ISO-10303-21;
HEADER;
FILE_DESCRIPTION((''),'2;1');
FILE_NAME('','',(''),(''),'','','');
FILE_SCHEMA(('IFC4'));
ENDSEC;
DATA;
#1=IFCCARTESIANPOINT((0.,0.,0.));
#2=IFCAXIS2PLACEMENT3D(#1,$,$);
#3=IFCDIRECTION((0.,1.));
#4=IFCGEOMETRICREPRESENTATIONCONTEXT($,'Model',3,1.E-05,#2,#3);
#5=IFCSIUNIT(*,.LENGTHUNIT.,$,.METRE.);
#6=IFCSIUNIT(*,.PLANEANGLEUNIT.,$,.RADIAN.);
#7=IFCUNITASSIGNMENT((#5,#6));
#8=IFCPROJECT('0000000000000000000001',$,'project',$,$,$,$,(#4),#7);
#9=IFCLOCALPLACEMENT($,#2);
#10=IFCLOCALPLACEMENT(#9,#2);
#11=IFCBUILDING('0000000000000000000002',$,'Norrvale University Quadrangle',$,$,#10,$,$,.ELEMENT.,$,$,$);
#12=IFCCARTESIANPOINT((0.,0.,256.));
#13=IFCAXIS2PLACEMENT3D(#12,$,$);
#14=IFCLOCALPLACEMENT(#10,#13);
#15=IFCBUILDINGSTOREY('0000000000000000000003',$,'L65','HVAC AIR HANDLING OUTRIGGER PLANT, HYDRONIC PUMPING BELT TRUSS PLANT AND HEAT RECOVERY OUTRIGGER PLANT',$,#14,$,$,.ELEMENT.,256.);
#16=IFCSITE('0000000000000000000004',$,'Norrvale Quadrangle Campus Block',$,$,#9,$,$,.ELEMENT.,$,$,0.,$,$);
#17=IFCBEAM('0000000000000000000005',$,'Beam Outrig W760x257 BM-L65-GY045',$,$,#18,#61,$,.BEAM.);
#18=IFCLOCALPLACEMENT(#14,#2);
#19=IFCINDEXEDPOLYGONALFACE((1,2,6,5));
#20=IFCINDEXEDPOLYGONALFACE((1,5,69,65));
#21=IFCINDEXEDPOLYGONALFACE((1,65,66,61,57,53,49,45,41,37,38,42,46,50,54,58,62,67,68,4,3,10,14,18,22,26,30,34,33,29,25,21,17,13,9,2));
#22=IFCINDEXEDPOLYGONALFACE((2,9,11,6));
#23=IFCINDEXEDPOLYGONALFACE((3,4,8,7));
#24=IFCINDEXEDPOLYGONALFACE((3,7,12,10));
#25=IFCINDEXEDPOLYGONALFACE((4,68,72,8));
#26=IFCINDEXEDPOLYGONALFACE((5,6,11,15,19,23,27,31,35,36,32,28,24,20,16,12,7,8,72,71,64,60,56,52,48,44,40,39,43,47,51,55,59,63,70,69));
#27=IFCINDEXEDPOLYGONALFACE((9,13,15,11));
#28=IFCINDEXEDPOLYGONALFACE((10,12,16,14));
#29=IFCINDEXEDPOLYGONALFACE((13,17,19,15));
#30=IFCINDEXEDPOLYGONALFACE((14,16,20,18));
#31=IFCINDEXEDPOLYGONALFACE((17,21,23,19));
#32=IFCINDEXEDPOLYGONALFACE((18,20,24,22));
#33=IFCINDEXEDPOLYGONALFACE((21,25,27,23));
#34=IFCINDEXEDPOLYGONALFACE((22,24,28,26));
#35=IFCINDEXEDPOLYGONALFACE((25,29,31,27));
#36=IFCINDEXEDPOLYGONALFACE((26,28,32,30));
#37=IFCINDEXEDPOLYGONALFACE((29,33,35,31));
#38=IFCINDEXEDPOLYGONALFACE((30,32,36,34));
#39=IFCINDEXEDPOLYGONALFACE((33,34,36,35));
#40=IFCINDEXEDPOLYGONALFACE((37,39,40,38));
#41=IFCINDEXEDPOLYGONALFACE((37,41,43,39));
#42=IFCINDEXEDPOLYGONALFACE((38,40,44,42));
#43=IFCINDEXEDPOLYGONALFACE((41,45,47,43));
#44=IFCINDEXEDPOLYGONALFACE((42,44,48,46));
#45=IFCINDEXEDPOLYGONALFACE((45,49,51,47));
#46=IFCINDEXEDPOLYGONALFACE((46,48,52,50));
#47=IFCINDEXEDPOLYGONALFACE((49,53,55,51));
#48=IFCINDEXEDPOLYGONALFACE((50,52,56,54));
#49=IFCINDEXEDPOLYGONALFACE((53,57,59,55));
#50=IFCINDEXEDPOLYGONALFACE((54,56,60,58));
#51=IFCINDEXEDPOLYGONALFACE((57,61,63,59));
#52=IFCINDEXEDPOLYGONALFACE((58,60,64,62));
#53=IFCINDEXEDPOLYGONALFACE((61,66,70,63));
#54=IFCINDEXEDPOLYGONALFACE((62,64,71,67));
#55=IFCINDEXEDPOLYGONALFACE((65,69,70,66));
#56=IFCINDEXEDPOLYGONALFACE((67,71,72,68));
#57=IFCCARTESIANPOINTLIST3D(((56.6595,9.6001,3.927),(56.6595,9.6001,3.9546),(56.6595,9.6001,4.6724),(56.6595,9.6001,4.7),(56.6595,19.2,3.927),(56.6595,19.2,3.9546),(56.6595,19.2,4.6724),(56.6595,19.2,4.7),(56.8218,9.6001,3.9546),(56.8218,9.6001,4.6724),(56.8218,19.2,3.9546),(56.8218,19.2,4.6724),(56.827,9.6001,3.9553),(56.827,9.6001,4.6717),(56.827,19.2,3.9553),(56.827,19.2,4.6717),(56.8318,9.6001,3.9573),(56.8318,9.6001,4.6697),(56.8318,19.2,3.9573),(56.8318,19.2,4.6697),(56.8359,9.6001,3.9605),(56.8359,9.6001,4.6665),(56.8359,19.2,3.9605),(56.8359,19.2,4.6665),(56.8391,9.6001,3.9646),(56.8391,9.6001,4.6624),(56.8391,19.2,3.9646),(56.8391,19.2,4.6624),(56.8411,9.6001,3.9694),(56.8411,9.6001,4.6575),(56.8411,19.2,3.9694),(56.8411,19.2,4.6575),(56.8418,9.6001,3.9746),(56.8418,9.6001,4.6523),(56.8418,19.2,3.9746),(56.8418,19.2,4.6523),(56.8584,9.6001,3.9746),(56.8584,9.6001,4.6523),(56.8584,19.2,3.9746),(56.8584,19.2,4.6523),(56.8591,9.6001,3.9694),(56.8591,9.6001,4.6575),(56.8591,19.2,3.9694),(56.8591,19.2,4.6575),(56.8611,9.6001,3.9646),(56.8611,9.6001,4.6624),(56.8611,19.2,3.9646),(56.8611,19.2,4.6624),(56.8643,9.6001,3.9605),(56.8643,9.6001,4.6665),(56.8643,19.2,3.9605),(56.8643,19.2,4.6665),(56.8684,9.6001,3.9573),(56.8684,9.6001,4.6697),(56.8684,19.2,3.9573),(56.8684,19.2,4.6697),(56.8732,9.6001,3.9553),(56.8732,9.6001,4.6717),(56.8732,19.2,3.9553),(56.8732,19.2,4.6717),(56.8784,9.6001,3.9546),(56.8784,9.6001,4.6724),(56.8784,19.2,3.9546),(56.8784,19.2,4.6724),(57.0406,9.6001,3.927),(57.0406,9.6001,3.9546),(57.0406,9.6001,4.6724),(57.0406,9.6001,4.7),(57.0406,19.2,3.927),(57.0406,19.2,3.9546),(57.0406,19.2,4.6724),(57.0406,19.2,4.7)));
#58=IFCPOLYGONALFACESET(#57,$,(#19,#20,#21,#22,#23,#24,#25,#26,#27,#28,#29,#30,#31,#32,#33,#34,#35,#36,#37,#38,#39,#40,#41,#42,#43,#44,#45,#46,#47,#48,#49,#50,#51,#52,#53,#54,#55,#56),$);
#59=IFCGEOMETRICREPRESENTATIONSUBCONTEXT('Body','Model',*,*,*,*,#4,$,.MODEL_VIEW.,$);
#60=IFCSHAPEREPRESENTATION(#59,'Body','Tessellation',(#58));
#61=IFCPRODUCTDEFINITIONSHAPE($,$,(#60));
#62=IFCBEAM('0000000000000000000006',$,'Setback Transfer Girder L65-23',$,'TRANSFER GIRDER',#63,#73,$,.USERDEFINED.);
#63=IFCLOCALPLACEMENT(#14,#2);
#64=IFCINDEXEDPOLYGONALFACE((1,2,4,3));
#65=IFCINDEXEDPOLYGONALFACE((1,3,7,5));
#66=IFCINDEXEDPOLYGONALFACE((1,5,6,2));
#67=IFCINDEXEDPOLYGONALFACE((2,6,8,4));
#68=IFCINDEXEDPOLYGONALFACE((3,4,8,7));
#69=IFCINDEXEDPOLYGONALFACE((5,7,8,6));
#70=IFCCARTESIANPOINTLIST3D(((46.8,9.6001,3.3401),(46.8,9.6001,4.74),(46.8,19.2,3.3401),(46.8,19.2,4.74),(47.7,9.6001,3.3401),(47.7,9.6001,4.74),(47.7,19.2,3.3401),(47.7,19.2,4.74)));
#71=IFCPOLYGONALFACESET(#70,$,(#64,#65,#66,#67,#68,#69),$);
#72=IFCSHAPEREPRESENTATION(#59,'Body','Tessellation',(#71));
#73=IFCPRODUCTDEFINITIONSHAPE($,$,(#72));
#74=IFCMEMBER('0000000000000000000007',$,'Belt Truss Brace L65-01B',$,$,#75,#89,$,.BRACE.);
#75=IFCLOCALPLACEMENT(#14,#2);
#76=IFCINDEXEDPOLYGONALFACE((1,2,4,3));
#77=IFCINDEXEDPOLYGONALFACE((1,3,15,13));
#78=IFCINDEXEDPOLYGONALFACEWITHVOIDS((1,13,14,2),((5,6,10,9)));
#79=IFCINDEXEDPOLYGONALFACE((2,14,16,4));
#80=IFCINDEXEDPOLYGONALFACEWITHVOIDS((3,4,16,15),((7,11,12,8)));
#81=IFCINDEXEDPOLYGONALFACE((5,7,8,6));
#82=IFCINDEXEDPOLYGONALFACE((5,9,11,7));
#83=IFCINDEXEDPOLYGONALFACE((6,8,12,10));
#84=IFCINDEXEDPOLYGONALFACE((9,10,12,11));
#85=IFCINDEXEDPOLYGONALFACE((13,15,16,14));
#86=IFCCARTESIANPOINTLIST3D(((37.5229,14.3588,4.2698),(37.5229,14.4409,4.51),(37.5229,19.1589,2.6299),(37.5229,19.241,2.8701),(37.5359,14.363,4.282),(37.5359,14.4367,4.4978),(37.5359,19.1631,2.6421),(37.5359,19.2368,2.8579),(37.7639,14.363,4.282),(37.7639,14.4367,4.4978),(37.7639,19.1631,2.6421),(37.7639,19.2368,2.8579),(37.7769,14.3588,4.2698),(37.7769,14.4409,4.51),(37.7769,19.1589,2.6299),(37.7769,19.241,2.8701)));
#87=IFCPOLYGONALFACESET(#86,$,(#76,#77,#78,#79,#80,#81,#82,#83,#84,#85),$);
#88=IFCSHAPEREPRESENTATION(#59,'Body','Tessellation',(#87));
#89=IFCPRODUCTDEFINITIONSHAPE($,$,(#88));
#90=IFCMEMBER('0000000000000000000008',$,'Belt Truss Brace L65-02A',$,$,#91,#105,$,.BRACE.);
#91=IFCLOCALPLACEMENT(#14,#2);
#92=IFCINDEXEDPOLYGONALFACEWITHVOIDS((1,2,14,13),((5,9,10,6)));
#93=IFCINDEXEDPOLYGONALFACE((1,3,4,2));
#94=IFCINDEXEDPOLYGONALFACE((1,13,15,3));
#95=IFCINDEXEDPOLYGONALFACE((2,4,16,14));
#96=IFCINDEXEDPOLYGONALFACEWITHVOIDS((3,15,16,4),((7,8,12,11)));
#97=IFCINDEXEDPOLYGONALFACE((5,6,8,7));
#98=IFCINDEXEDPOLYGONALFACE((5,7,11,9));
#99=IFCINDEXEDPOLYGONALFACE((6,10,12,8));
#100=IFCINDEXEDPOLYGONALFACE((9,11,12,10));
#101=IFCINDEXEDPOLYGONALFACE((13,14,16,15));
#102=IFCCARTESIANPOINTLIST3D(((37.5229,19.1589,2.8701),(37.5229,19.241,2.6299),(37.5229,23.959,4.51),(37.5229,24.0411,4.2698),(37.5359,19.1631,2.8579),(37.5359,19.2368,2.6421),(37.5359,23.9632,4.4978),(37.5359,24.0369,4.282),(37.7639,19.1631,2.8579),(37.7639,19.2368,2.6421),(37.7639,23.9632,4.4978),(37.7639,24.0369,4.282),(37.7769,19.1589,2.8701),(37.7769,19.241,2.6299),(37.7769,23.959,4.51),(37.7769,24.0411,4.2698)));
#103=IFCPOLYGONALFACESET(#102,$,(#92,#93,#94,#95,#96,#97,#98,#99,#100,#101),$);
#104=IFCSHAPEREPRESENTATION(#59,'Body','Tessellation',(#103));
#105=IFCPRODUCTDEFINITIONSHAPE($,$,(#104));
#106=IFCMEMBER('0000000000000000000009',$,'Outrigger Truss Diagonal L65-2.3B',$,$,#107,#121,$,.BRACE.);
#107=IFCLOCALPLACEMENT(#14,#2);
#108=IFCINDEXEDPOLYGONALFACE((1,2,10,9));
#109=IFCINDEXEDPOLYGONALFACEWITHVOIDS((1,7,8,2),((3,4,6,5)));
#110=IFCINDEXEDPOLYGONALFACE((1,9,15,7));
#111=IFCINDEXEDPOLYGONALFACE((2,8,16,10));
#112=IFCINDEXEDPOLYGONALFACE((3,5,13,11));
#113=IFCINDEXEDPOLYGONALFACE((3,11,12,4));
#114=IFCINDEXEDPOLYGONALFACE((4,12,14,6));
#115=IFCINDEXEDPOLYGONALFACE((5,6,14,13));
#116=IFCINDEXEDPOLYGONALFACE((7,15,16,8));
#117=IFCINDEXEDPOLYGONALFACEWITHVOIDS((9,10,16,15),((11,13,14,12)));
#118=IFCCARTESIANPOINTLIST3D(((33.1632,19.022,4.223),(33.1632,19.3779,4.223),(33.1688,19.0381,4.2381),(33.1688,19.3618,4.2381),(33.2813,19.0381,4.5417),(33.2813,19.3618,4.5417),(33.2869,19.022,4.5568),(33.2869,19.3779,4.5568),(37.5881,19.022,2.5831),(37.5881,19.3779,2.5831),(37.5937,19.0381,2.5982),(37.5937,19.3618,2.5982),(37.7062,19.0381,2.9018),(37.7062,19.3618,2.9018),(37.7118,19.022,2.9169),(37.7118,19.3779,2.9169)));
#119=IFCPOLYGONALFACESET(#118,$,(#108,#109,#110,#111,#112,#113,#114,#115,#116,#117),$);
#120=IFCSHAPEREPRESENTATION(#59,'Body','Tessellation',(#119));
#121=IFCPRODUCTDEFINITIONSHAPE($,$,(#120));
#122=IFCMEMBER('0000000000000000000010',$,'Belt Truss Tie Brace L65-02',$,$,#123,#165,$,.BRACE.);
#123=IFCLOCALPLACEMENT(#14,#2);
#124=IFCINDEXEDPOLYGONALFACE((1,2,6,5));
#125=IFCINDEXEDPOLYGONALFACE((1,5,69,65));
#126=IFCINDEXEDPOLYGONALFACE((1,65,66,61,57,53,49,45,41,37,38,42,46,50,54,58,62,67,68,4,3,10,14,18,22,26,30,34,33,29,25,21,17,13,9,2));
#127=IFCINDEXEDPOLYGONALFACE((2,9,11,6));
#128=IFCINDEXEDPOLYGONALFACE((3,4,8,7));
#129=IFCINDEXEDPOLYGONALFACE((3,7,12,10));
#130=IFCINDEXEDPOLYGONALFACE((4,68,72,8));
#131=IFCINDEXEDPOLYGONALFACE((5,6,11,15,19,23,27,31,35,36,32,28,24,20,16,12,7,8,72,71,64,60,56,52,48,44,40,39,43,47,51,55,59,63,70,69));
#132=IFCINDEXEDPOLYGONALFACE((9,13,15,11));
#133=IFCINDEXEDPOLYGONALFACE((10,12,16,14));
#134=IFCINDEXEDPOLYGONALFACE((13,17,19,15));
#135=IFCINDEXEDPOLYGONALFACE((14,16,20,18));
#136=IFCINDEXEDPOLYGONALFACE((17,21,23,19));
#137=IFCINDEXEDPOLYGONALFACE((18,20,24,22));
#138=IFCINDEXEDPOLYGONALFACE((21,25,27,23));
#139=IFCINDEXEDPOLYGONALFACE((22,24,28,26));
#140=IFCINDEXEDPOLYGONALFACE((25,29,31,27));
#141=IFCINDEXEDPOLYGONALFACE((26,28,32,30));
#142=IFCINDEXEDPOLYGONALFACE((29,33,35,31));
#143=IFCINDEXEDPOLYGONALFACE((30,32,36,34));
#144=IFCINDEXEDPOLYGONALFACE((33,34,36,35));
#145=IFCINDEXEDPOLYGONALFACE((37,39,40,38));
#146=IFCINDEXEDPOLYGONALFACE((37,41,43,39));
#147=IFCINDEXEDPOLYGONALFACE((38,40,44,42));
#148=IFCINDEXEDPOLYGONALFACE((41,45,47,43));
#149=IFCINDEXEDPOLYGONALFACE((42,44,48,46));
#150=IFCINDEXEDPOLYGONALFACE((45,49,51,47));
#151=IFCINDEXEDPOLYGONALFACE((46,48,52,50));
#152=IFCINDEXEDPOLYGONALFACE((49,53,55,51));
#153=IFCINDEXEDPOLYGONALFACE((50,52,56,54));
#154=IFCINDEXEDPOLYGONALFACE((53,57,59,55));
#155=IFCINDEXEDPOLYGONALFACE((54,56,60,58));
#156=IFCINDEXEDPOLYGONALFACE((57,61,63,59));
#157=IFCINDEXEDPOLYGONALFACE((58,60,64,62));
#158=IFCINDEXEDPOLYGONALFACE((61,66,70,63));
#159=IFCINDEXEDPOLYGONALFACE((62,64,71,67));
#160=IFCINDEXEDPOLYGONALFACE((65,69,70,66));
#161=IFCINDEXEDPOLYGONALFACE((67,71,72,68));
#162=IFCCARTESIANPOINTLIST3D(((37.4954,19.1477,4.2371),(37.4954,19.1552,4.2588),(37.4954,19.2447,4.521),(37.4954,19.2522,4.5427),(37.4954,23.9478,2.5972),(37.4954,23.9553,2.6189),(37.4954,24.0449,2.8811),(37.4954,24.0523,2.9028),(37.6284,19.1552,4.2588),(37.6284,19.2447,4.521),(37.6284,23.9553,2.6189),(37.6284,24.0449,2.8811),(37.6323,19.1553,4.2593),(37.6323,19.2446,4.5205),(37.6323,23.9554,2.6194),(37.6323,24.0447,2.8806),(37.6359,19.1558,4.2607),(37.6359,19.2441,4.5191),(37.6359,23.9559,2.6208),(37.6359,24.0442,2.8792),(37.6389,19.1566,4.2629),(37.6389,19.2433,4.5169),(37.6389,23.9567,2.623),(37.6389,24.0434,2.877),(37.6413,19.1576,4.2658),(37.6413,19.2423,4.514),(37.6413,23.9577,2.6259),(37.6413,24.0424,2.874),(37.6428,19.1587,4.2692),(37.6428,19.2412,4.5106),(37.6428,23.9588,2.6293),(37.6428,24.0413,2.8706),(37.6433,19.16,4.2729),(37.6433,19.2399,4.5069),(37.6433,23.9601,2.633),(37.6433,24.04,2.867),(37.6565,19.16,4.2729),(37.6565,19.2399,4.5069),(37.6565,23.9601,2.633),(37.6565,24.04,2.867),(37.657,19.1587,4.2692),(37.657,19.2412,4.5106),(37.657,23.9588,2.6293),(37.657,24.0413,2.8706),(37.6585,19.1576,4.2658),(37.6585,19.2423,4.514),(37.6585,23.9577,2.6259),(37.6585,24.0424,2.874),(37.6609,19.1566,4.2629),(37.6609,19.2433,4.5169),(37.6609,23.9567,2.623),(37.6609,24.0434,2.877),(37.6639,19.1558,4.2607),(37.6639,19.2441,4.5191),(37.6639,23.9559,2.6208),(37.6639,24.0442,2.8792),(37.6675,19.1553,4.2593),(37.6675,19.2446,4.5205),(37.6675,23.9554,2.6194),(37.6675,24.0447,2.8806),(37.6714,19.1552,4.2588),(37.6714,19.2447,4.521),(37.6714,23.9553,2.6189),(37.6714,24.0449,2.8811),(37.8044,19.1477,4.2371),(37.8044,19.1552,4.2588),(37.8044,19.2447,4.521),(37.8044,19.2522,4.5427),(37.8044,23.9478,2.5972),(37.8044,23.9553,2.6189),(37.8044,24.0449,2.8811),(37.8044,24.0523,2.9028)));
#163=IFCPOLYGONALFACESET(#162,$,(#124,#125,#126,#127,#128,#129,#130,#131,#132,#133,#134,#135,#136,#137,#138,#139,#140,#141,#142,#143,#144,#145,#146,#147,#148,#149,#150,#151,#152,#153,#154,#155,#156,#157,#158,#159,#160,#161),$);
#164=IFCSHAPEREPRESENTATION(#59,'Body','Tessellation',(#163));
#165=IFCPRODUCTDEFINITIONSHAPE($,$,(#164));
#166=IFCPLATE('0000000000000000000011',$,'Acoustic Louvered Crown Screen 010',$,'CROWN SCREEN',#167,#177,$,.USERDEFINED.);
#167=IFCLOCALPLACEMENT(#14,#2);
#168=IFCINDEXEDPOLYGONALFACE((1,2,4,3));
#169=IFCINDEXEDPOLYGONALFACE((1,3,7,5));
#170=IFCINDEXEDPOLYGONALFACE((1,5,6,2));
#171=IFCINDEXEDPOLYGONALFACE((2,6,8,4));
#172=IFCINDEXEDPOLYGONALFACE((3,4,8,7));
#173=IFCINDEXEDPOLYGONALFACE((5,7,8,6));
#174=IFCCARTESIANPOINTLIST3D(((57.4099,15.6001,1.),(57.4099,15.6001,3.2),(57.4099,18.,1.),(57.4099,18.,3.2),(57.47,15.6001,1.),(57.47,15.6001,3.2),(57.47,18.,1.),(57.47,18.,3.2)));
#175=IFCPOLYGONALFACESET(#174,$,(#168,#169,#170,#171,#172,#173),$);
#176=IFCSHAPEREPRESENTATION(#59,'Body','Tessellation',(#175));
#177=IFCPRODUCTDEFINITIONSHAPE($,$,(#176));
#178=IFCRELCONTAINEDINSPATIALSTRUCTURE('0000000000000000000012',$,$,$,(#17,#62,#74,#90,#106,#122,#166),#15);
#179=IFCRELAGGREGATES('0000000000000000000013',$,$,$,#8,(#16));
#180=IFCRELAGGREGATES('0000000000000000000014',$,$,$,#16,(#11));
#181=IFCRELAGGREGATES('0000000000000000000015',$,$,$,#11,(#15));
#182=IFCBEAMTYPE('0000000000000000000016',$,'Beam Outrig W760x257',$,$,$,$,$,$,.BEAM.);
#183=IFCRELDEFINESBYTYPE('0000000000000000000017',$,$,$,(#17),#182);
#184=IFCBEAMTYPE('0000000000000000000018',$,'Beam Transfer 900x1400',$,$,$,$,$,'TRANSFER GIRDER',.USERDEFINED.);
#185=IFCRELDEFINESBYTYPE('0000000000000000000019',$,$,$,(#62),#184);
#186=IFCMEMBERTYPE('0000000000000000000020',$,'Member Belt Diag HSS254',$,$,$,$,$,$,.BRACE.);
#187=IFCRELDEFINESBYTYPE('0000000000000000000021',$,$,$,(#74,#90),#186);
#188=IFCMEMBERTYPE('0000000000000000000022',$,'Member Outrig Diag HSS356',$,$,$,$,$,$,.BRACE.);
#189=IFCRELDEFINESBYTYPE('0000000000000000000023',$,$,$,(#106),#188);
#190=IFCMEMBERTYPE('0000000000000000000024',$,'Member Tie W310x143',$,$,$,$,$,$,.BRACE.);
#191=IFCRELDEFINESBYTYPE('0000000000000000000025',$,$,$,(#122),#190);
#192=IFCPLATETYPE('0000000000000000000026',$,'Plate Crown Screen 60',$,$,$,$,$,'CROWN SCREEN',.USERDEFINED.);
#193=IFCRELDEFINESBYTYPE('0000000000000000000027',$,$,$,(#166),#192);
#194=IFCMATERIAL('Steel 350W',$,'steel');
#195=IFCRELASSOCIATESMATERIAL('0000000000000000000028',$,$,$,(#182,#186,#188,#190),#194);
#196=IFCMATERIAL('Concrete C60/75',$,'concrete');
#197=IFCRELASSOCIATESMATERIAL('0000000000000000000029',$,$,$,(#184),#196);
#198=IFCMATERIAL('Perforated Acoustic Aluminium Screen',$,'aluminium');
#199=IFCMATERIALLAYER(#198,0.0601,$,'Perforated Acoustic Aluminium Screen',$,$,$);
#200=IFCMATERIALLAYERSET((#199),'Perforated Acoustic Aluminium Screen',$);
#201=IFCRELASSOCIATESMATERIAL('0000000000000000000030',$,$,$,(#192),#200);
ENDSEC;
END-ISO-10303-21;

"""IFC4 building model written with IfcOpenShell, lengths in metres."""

from ifc_helpers import new_model, si_unit, direction, frame, origin, origin_2d, place, context, subcontext, project, spatial, rectangle, hollow_rectangle, i_section, extrude, material, layer, layer_set, material_profile, profile_set, type_object, element, save


model = new_model("IFC4")

# Units and contexts
model_context = context("Model", 3, precision=1e-05, world=origin(), true_north=direction((0.0, 1.0)))
body_context = subcontext(model_context, "Body", "Model", "MODEL_VIEW")
ifc_project = project(units=[si_unit("LENGTHUNIT", "METRE"), si_unit("PLANEANGLEUNIT", "RADIAN")], contexts=[model_context])

# Site, building, storey
site_placement = place(None, origin())
site = spatial("IfcSite", under=ifc_project, at=site_placement, Name="Norrvale Quadrangle Campus Block", CompositionType="ELEMENT", RefElevation=0.0)
building_placement = place(site_placement, origin())
building = spatial("IfcBuilding", under=site, at=building_placement, Name="Norrvale University Quadrangle", CompositionType="ELEMENT")
storey_placement = place(building_placement, frame((0.0, 0.0, 256.0)))
storey = spatial("IfcBuildingStorey", under=building, at=storey_placement, Name="L65", Description="HVAC AIR HANDLING OUTRIGGER PLANT, HYDRONIC PUMPING BELT TRUSS PLANT AND HEAT RECOVERY OUTRIGGER PLANT", CompositionType="ELEMENT", Elevation=256.0)

# Shared definitions
ifc_material_1 = material(Name="Concrete C60/75", Category="concrete")

# Beams
ifc_material_2 = material(Name="Steel 350W", Category="steel")
ifc_material_profile_1 = material_profile(ifc_material_2, i_section(OverallWidth=0.3811, OverallDepth=0.7729, WebThickness=0.0166, FlangeThickness=0.0276, FilletRadius=0.02, at=origin_2d()), Name="Steel 350W")
ifc_profile_set_1 = profile_set([ifc_material_profile_1], Name="Steel 350W")
beam_type_1 = type_object("IfcBeamType", Name="Beam Outrig W760x257", PredefinedType="BEAM", material=ifc_profile_set_1)
beam_1_placement = place(storey_placement, frame((56.8501, 9.6001, 4.3135), z_axis=(0.0, 1.0, 0.0), x_axis=(-1.0, 0.0, 0.0)))
element("IfcBeam", 1, at=beam_1_placement, inside=storey, type_object=beam_type_1, Name="Beam Outrig W760x257 BM-L65-GY045", PredefinedType="BEAM", context=body_context, shape_type="SweptSolid", body=[
    extrude(i_section(OverallWidth=0.3811, OverallDepth=0.7729, WebThickness=0.0166, FlangeThickness=0.0276, FilletRadius=0.02, at=origin_2d()), origin(), (0.0, 0.0, 1.0), 9.5999),
])
ifc_material_profile_2 = material_profile(ifc_material_1, rectangle(XDim=0.8999, YDim=1.3999, at=origin_2d()), Name="Concrete C60/75")
ifc_profile_set_2 = profile_set([ifc_material_profile_2], Name="Concrete C60/75")
beam_type_2 = type_object("IfcBeamType", Name="Beam Transfer 900x1400", ElementType="TRANSFER GIRDER", PredefinedType="USERDEFINED", material=ifc_profile_set_2)
beam_2_placement = place(storey_placement, frame((47.25, 9.6001, 4.04), z_axis=(0.0, 1.0, 0.0), x_axis=(-1.0, 0.0, 0.0)))
element("IfcBeam", 2, at=beam_2_placement, inside=storey, type_object=beam_type_2, Name="Setback Transfer Girder L65-23", ObjectType="TRANSFER GIRDER", PredefinedType="USERDEFINED", context=body_context, shape_type="SweptSolid", body=[
    extrude(rectangle(XDim=0.8999, YDim=1.3999, at=origin_2d()), origin(), (0.0, 0.0, 1.0), 9.5999),
])

# Members
ifc_material_profile_3 = material_profile(ifc_material_2, hollow_rectangle(XDim=0.2539, YDim=0.2539, WallThickness=0.0129, at=origin_2d()), Name="Steel 350W")
ifc_profile_set_3 = profile_set([ifc_material_profile_3], Name="Steel 350W")
member_type_1 = type_object("IfcMemberType", Name="Member Belt Diag HSS254", PredefinedType="BRACE", material=ifc_profile_set_3)
for number, where, z_axis, x_axis, name in (
    (3, (37.6499, 19.2, 2.75), (0.0, -0.946299, 0.323294), (1.0, 0.0, 0.0), "Belt Truss Brace L65-01B"),
    (4, (37.6499, 19.2, 2.75), (0.0, 0.946299, 0.323294), (-1.0, 0.0, 0.0), "Belt Truss Brace L65-02A"),
):
    element("IfcMember", number, at=place(storey_placement, frame(where, z_axis=z_axis, x_axis=x_axis)), inside=storey, type_object=member_type_1, Name=name, PredefinedType="BRACE", context=body_context, shape_type="SweptSolid", body=[
        extrude(hollow_rectangle(XDim=0.2539, YDim=0.2539, WallThickness=0.0129, at=origin_2d()), origin(), (0.0, 0.0, 1.0), 5.0725),
    ])
ifc_material_profile_4 = material_profile(ifc_material_2, hollow_rectangle(XDim=0.356, YDim=0.356, WallThickness=0.0161, at=origin_2d()), Name="Steel 350W")
ifc_profile_set_4 = profile_set([ifc_material_profile_4], Name="Steel 350W")
member_type_2 = type_object("IfcMemberType", Name="Member Outrig Diag HSS356", PredefinedType="BRACE", material=ifc_profile_set_4)
member_1_placement = place(storey_placement, frame((37.6499, 19.2, 2.75), z_axis=(-0.937674, 0.0, 0.347515), x_axis=(0.0, -1.0, 0.0)))
element("IfcMember", 5, at=member_1_placement, inside=storey, type_object=member_type_2, Name="Outrigger Truss Diagonal L65-2.3B", PredefinedType="BRACE", context=body_context, shape_type="SweptSolid", body=[
    extrude(hollow_rectangle(XDim=0.356, YDim=0.356, WallThickness=0.0161, at=origin_2d()), origin(), (0.0, 0.0, 1.0), 4.719),
])
ifc_material_profile_5 = material_profile(ifc_material_2, i_section(OverallWidth=0.3091, OverallDepth=0.323, WebThickness=0.0132, FlangeThickness=0.0229, FilletRadius=0.0149, at=origin_2d()), Name="Steel 350W")
ifc_profile_set_5 = profile_set([ifc_material_profile_5], Name="Steel 350W")
member_type_3 = type_object("IfcMemberType", Name="Member Tie W310x143", PredefinedType="BRACE", material=ifc_profile_set_5)
member_2_placement = place(storey_placement, frame((37.6499, 19.2, 4.3899), z_axis=(0.0, 0.946299, -0.323294), x_axis=(-1.0, 0.0, 0.0)))
element("IfcMember", 6, at=member_2_placement, inside=storey, type_object=member_type_3, Name="Belt Truss Tie Brace L65-02", PredefinedType="BRACE", context=body_context, shape_type="SweptSolid", body=[
    extrude(i_section(OverallWidth=0.3091, OverallDepth=0.323, WebThickness=0.0132, FlangeThickness=0.0229, FilletRadius=0.0149, at=origin_2d()), origin(), (0.0, 0.0, 1.0), 5.0725),
])

# Plate
ifc_material_3 = material(Name="Perforated Acoustic Aluminium Screen", Category="aluminium")
ifc_layer_1 = layer(ifc_material_3, 0.0601, Name="Perforated Acoustic Aluminium Screen")
ifc_layer_set_1 = layer_set([ifc_layer_1], Name="Perforated Acoustic Aluminium Screen")
plate_type = type_object("IfcPlateType", Name="Plate Crown Screen 60", ElementType="CROWN SCREEN", PredefinedType="USERDEFINED", material=ifc_layer_set_1)
plate_placement = place(storey_placement, frame((57.4399, 16.8, 1.0), z_axis=(0.0, 0.0, 1.0), x_axis=(0.0, 1.0, 0.0)))
element("IfcPlate", 7, at=plate_placement, inside=storey, type_object=plate_type, Name="Acoustic Louvered Crown Screen 010", ObjectType="CROWN SCREEN", PredefinedType="USERDEFINED", context=body_context, shape_type="SweptSolid", body=[
    extrude(rectangle(XDim=2.3999, YDim=0.0601, at=origin_2d()), origin(), (0.0, 0.0, 1.0), 2.2),
])

save(model, "model.ifc")
